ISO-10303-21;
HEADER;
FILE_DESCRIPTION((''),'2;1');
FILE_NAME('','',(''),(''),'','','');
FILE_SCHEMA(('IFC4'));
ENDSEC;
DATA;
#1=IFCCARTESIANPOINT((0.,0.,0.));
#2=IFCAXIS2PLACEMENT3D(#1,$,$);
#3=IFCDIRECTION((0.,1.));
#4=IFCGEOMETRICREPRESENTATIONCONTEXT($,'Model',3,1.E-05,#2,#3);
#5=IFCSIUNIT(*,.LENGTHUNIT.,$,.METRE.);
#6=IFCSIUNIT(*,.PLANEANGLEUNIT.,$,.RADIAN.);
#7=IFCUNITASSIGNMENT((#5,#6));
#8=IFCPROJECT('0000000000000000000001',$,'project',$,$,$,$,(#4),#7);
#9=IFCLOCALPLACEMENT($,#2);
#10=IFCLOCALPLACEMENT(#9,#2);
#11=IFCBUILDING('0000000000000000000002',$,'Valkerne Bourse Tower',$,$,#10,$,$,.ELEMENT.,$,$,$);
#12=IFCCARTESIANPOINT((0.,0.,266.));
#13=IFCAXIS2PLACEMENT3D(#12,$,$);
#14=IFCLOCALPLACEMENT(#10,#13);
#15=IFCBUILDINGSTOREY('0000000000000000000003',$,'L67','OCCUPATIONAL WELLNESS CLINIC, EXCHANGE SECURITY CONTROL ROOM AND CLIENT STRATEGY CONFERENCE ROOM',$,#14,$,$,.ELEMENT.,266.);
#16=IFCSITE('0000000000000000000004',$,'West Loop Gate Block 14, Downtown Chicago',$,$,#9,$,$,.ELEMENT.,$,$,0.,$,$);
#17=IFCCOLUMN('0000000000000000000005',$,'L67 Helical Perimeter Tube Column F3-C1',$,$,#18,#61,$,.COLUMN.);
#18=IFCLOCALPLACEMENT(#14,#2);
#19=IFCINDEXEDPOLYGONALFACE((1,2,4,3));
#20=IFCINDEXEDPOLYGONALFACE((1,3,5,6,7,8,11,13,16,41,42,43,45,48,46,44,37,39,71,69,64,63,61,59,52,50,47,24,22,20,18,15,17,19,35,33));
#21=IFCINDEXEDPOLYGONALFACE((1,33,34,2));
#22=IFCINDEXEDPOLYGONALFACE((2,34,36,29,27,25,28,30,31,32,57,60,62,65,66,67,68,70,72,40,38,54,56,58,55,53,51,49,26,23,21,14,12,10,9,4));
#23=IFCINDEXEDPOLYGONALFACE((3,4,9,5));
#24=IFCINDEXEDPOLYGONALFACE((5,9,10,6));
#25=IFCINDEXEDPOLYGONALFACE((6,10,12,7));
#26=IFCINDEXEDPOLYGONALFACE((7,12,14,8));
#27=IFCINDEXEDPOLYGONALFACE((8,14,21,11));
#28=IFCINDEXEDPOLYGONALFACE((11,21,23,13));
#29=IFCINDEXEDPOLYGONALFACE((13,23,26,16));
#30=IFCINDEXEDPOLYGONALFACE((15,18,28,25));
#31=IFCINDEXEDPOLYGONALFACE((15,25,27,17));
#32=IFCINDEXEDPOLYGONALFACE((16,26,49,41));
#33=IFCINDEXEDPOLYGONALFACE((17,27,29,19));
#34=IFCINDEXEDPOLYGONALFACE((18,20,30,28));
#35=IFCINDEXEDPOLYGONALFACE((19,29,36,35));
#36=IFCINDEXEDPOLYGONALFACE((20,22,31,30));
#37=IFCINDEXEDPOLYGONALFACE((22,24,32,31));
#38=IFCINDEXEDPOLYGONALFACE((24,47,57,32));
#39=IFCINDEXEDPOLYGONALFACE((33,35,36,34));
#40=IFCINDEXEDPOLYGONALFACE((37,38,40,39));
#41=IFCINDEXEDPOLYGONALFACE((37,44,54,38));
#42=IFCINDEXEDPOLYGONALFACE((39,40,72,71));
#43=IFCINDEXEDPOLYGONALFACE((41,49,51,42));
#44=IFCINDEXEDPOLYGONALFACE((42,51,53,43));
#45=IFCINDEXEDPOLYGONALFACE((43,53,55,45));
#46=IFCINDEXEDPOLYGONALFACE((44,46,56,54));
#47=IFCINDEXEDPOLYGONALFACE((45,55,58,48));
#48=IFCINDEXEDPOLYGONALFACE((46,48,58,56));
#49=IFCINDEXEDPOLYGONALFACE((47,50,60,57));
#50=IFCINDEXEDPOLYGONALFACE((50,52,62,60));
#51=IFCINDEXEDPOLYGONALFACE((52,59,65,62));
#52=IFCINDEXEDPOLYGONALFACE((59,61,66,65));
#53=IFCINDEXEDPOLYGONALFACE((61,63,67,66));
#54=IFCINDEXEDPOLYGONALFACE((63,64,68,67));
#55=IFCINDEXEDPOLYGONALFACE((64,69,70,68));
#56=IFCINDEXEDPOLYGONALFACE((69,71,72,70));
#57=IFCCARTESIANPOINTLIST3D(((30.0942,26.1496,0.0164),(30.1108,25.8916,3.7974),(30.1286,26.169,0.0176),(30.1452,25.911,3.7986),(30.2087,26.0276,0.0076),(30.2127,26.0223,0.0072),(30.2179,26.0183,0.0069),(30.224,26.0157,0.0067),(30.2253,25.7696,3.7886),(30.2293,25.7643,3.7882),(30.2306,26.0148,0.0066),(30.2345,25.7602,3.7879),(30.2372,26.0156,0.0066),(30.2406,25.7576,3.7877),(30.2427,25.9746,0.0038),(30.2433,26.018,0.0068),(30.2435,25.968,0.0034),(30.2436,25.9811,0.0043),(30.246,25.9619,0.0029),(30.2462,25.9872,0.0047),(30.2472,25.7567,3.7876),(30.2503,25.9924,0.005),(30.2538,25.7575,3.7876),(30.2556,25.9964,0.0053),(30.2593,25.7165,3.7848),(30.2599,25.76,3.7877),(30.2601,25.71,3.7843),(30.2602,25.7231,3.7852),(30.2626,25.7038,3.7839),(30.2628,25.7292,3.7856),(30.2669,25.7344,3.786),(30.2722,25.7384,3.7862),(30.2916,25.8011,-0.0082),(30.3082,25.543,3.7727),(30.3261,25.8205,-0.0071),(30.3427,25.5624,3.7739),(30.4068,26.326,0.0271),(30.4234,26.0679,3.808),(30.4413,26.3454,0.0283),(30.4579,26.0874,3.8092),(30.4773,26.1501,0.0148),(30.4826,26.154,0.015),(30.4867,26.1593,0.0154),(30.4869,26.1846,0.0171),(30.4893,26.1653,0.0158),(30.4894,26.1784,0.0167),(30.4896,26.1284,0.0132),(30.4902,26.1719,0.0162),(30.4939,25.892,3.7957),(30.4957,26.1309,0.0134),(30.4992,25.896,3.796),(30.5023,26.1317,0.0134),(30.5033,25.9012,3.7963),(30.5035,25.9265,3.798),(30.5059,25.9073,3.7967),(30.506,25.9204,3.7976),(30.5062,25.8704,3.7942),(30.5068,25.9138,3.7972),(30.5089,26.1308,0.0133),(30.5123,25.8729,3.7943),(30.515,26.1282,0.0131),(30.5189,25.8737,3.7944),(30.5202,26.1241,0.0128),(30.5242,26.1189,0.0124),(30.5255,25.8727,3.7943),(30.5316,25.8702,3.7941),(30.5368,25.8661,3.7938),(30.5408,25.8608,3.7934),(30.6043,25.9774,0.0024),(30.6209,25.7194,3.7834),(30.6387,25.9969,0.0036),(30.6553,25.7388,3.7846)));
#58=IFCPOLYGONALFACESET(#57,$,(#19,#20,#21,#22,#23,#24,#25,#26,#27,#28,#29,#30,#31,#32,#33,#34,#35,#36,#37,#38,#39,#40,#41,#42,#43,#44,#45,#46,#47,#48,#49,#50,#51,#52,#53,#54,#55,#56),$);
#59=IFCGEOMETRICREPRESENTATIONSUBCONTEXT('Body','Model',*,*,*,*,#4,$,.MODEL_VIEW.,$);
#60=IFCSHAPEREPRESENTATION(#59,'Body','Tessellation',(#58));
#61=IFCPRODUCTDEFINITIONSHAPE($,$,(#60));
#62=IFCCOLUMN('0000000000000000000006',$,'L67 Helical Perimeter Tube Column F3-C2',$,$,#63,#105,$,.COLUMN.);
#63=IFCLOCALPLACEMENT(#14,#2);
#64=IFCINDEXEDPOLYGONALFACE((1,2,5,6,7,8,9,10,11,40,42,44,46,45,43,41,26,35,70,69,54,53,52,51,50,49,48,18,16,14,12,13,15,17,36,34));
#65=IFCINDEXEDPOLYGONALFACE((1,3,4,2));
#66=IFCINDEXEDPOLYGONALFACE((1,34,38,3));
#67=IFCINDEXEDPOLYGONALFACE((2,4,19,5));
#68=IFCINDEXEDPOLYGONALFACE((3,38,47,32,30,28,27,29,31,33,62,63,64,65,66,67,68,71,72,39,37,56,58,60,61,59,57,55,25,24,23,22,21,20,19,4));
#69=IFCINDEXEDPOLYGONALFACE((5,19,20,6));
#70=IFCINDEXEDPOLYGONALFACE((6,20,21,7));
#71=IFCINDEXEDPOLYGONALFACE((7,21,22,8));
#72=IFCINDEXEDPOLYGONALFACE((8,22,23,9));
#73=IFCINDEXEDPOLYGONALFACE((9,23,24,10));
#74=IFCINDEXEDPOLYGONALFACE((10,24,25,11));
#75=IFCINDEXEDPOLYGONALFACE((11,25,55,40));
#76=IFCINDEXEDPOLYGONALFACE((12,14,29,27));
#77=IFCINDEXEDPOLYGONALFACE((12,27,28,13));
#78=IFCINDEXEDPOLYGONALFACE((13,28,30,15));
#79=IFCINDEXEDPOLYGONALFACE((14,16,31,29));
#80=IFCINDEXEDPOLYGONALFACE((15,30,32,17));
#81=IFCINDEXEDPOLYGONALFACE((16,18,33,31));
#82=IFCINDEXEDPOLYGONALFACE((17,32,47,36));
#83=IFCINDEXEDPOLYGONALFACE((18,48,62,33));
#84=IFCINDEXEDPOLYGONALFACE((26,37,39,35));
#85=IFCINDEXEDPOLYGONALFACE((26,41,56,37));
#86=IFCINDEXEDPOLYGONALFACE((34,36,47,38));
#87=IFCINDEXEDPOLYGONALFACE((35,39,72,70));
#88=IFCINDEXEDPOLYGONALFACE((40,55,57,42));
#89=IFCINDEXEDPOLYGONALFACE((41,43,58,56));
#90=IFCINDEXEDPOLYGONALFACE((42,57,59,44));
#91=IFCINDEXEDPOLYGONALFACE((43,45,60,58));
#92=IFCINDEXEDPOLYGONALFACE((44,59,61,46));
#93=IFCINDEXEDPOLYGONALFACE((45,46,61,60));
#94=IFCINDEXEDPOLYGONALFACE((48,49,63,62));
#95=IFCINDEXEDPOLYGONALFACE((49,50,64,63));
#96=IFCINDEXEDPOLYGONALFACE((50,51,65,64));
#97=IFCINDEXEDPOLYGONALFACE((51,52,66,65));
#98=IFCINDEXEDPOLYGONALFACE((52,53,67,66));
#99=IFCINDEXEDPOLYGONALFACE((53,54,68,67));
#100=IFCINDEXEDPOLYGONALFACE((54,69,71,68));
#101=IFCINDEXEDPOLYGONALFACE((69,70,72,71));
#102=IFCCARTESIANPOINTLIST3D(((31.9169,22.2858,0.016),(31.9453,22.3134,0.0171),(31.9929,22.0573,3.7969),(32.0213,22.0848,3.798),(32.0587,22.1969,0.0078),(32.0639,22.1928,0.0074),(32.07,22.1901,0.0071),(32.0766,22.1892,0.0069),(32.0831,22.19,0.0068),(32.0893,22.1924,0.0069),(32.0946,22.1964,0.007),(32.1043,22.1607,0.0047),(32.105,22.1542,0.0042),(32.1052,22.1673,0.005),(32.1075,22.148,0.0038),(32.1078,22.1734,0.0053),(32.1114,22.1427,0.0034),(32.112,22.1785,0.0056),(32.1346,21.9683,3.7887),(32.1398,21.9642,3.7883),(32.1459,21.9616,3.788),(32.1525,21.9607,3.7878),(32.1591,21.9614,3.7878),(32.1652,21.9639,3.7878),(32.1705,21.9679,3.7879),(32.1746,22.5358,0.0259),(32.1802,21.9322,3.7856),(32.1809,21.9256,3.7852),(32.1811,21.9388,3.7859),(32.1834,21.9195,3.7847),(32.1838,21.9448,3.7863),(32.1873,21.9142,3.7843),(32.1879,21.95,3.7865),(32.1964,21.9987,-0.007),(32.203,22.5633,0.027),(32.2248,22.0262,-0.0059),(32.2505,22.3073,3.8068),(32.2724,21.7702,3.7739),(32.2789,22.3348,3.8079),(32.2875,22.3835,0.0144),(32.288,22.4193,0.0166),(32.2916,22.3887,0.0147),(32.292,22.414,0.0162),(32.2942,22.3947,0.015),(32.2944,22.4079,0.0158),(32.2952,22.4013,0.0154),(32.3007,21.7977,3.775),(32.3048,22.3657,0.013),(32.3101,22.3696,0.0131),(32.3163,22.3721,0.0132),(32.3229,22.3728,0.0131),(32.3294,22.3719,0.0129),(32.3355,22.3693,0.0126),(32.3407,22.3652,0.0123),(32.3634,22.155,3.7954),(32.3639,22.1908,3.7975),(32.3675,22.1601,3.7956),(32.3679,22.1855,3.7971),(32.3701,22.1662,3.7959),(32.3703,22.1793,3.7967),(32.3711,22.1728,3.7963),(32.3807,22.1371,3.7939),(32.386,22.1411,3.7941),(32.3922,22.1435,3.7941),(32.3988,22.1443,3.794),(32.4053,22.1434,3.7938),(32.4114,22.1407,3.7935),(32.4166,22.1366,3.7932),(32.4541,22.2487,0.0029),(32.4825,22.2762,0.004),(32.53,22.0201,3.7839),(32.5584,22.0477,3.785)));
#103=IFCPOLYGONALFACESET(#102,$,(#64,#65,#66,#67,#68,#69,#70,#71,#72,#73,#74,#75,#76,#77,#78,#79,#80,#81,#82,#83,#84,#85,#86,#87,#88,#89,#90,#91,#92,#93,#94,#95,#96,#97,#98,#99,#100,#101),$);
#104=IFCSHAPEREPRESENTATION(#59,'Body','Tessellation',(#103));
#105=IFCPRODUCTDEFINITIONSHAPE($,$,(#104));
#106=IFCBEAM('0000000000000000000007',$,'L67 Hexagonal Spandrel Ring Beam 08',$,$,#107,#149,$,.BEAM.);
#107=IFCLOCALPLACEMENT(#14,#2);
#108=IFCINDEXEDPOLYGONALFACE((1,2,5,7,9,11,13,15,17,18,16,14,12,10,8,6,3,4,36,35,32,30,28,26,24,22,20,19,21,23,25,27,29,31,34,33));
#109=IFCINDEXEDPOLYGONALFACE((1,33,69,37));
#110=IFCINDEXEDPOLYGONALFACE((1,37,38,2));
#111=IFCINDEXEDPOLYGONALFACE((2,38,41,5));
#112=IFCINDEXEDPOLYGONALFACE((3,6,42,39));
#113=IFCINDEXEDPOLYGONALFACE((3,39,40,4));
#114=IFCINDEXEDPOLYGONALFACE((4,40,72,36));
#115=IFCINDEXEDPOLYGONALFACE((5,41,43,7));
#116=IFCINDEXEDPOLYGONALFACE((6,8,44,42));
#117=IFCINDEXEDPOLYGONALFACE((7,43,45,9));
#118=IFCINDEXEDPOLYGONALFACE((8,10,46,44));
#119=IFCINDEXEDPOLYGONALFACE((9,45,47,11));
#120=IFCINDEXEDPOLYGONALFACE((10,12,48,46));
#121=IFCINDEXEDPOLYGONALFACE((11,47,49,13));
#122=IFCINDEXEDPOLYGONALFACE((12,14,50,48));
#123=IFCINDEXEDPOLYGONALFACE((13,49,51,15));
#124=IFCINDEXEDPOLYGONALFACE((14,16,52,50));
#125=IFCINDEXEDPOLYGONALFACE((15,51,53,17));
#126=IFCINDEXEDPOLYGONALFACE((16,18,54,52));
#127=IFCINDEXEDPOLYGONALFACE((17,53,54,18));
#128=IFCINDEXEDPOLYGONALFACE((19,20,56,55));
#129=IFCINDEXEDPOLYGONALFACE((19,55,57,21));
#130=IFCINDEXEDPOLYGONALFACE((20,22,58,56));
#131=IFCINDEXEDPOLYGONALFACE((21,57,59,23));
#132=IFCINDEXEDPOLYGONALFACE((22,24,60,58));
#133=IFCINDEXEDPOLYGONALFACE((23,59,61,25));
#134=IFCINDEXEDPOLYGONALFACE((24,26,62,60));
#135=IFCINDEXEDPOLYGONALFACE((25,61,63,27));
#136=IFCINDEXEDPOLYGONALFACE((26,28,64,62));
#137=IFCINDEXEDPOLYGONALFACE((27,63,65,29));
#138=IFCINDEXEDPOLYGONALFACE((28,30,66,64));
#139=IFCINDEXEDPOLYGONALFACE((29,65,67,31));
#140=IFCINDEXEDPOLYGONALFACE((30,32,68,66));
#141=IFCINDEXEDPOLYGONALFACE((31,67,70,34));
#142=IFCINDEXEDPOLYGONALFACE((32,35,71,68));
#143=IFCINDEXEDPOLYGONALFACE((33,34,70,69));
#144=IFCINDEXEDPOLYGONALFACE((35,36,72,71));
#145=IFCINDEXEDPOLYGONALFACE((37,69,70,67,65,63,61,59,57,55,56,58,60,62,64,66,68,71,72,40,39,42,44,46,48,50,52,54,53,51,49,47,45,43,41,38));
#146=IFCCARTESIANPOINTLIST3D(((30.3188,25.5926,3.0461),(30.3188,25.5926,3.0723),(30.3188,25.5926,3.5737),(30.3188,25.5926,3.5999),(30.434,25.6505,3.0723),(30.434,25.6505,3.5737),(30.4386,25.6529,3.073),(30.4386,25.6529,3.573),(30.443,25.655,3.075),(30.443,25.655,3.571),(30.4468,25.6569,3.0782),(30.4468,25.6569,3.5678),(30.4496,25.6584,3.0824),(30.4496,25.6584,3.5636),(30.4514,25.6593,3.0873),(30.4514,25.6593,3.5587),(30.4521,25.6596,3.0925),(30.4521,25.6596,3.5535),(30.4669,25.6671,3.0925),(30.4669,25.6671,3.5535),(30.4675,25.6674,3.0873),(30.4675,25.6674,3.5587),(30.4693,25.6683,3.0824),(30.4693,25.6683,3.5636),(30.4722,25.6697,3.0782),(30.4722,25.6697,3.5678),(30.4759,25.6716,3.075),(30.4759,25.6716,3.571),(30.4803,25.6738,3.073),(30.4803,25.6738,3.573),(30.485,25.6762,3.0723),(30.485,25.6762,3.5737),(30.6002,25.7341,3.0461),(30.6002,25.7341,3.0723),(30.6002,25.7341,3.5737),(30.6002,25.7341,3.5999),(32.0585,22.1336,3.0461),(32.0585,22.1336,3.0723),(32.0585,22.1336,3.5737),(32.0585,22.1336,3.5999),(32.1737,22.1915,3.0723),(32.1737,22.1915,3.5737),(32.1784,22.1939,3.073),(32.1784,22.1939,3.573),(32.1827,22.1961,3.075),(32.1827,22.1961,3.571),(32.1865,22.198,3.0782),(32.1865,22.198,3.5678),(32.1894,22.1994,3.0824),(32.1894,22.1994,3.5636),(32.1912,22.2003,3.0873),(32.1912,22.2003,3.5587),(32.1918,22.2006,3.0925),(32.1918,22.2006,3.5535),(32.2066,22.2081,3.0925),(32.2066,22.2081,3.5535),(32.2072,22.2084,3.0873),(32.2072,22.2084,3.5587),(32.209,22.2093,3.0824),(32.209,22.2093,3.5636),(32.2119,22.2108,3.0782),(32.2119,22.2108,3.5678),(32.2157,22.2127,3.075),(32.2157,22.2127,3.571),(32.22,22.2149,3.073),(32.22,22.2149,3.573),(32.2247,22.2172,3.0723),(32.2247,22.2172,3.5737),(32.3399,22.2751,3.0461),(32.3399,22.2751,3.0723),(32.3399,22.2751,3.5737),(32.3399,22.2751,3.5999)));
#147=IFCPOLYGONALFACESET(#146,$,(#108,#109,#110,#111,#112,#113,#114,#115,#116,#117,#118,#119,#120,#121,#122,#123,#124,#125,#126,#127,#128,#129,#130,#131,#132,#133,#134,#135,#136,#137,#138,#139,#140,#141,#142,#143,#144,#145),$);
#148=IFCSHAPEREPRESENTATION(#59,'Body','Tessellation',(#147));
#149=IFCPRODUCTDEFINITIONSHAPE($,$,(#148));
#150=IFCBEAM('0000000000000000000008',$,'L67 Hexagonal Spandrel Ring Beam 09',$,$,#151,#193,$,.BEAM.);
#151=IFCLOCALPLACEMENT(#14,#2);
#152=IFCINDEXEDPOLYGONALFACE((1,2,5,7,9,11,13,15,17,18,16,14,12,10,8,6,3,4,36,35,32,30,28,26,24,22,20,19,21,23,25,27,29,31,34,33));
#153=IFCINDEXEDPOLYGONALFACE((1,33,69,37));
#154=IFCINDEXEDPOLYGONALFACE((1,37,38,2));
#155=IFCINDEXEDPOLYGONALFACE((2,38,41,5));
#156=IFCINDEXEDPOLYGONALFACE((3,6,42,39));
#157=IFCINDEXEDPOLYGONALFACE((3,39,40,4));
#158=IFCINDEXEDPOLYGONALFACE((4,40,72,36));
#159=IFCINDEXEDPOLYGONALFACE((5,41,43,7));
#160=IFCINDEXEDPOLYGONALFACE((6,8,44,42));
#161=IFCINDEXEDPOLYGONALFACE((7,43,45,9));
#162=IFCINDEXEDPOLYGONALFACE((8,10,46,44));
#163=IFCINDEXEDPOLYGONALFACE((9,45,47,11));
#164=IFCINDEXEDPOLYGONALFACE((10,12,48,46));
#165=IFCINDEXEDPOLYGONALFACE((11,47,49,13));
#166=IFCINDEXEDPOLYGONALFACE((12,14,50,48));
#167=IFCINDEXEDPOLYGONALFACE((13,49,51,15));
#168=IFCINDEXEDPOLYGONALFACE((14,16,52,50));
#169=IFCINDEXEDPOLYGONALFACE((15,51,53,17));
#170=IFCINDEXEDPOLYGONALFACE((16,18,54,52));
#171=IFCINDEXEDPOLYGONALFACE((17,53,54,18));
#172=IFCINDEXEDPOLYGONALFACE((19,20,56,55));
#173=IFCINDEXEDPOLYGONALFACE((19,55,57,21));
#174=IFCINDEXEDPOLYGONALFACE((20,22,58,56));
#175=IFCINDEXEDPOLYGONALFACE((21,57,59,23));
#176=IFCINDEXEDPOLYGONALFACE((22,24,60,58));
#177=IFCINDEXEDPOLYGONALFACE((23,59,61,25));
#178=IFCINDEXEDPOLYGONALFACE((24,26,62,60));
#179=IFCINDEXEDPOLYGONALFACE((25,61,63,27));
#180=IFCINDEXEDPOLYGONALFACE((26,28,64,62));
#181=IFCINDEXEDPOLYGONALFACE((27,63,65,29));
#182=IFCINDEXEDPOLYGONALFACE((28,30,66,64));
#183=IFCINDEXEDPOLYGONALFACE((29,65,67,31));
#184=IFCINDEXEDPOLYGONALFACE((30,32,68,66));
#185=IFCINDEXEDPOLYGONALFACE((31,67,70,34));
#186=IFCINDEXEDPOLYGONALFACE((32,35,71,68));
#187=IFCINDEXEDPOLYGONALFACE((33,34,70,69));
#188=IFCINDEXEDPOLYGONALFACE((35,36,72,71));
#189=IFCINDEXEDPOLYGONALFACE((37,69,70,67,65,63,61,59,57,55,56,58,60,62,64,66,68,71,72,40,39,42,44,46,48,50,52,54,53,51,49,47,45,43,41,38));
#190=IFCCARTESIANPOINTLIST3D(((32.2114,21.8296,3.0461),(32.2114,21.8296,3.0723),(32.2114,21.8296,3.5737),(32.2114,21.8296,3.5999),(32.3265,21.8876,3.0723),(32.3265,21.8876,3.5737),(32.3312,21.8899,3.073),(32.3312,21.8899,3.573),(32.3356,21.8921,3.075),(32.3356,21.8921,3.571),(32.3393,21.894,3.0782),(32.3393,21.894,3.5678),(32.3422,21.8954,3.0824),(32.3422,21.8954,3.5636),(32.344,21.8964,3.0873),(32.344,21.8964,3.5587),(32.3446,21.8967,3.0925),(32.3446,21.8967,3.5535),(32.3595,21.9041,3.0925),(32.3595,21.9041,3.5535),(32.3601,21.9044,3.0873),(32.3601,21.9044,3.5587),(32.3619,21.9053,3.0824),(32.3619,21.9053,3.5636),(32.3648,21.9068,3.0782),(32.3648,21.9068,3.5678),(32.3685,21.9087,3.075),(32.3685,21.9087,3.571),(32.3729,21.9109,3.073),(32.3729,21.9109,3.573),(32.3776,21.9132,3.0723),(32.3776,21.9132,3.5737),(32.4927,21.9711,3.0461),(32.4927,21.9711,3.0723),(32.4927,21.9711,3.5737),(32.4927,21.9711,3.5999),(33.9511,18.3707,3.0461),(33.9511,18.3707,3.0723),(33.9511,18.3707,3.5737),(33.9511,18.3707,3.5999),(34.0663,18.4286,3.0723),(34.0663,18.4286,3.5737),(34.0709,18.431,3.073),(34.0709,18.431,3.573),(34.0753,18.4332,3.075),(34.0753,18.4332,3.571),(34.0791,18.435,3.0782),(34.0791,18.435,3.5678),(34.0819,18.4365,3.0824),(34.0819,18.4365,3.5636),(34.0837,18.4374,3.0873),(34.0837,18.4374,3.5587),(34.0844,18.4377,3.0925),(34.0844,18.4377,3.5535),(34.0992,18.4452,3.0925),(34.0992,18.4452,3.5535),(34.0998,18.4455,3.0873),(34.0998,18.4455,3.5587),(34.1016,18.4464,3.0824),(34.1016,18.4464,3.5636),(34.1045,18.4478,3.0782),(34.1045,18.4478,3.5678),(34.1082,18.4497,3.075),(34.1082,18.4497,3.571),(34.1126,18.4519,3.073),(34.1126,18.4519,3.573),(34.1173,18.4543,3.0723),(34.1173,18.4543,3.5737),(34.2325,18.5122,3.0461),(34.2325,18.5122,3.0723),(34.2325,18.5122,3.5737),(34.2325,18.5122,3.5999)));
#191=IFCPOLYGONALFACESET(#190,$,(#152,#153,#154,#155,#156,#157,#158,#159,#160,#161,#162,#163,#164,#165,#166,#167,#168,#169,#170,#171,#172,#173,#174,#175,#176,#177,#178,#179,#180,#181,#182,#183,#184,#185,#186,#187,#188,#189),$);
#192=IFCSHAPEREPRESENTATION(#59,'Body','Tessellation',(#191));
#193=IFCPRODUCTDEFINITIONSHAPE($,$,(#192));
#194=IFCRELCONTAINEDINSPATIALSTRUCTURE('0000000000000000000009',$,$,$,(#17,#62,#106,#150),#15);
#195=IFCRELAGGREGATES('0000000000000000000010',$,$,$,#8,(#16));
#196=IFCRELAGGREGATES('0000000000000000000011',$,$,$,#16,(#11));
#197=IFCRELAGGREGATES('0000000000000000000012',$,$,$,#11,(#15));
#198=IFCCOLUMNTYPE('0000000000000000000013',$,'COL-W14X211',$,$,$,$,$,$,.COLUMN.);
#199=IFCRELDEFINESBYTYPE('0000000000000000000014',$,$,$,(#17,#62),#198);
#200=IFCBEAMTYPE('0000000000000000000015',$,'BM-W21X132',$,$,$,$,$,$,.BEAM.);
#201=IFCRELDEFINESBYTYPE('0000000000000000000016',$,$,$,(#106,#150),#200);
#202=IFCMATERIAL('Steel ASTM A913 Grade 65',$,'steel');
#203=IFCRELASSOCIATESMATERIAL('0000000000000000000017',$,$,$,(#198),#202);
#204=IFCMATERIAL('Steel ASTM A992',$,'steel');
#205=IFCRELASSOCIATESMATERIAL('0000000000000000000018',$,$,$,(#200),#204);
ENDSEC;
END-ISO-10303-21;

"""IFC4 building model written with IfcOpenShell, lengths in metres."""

from ifc_helpers import new_model, si_unit, direction, frame, origin, origin_2d, place, context, subcontext, project, spatial, i_section, extrude, material, material_profile, profile_set, type_object, element, save


model = new_model("IFC4")

# Units and contexts
model_context = context("Model", 3, precision=1e-05, world=origin(), true_north=direction((0.0, 1.0)))
body_context = subcontext(model_context, "Body", "Model", "MODEL_VIEW")
ifc_project = project(units=[si_unit("LENGTHUNIT", "METRE"), si_unit("PLANEANGLEUNIT", "RADIAN")], contexts=[model_context])

# Site, building, storey
site_placement = place(None, origin())
site = spatial("IfcSite", under=ifc_project, at=site_placement, Name="West Loop Gate Block 14, Downtown Chicago", CompositionType="ELEMENT", RefElevation=0.0)
building_placement = place(site_placement, origin())
building = spatial("IfcBuilding", under=site, at=building_placement, Name="Valkerne Bourse Tower", CompositionType="ELEMENT")
storey_placement = place(building_placement, frame((0.0, 0.0, 266.0)))
storey = spatial("IfcBuildingStorey", under=building, at=storey_placement, Name="L67", Description="OCCUPATIONAL WELLNESS CLINIC, EXCHANGE SECURITY CONTROL ROOM AND CLIENT STRATEGY CONFERENCE ROOM", CompositionType="ELEMENT", Elevation=266.0)

# Columns
ifc_material_1 = material(Name="Steel ASTM A913 Grade 65", Category="steel")
ifc_material_profile_1 = material_profile(ifc_material_1, i_section(OverallWidth=0.4014, OverallDepth=0.3987, WebThickness=0.0249, FlangeThickness=0.0396, FilletRadius=0.0254, at=origin_2d()), Name="W14X211")
ifc_profile_set_1 = profile_set([ifc_material_profile_1], Name="Steel ASTM A913 Grade 65")
column_type = type_object("IfcColumnType", Name="COL-W14X211", PredefinedType="COLUMN", material=ifc_profile_set_1)
column_1_placement = place(storey_placement, frame((30.3665, 26.0732, 0.01), z_axis=(0.004381, -0.068092, 0.997669), x_axis=(0.491999, -0.868426, -0.061431)))
element("IfcColumn", 1, at=column_1_placement, inside=storey, type_object=column_type, Name="L67 Helical Perimeter Tube Column F3-C1", PredefinedType="COLUMN", context=body_context, shape_type="SweptSolid", body=[
    extrude(i_section(OverallWidth=0.4014, OverallDepth=0.3987, WebThickness=0.0249, FlangeThickness=0.0396, FilletRadius=0.0254, at=origin_2d()), origin(), (0.0, 0.0, 1.0), 3.7898),
])
column_2_placement = place(storey_placement, frame((32.1997, 22.281, 0.01), z_axis=(0.020041, -0.060316, 0.997978), x_axis=(0.696339, -0.715428, -0.057222)))
element("IfcColumn", 2, at=column_2_placement, inside=storey, type_object=column_type, Name="L67 Helical Perimeter Tube Column F3-C2", PredefinedType="COLUMN", context=body_context, shape_type="SweptSolid", body=[
    extrude(i_section(OverallWidth=0.4014, OverallDepth=0.3987, WebThickness=0.0249, FlangeThickness=0.0396, FilletRadius=0.0254, at=origin_2d()), origin(), (0.0, 0.0, 1.0), 3.7886),
])

# Beams
ifc_material_2 = material(Name="Steel ASTM A992", Category="steel")
ifc_material_profile_2 = material_profile(ifc_material_2, i_section(OverallWidth=0.3149, OverallDepth=0.5537, WebThickness=0.0166, FlangeThickness=0.0261, FilletRadius=0.0203, at=origin_2d()), Name="W21X132")
ifc_profile_set_2 = profile_set([ifc_material_profile_2], Name="Steel ASTM A992")
beam_type = type_object("IfcBeamType", Name="BM-W21X132", PredefinedType="BEAM", material=ifc_profile_set_2)
for number, where, z_axis, x_axis, name in (
    (3, (30.4595, 25.6633, 3.323), (0.449331, -0.893365, 0.0), (0.893365, 0.449331, 0.0), "L67 Hexagonal Spandrel Ring Beam 08"),
    (4, (32.3521, 21.9004, 3.323), (0.449331, -0.893365, 0.0), (0.893365, 0.449331, 0.0), "L67 Hexagonal Spandrel Ring Beam 09"),
):
    element("IfcBeam", number, at=place(storey_placement, frame(where, z_axis=z_axis, x_axis=x_axis)), inside=storey, type_object=beam_type, Name=name, PredefinedType="BEAM", context=body_context, shape_type="SweptSolid", body=[
        extrude(i_section(OverallWidth=0.3149, OverallDepth=0.5537, WebThickness=0.0166, FlangeThickness=0.0261, FilletRadius=0.0203, at=origin_2d()), origin(), (0.0, 0.0, 1.0), 3.8718),
    ])

save(model, "model.ifc")
